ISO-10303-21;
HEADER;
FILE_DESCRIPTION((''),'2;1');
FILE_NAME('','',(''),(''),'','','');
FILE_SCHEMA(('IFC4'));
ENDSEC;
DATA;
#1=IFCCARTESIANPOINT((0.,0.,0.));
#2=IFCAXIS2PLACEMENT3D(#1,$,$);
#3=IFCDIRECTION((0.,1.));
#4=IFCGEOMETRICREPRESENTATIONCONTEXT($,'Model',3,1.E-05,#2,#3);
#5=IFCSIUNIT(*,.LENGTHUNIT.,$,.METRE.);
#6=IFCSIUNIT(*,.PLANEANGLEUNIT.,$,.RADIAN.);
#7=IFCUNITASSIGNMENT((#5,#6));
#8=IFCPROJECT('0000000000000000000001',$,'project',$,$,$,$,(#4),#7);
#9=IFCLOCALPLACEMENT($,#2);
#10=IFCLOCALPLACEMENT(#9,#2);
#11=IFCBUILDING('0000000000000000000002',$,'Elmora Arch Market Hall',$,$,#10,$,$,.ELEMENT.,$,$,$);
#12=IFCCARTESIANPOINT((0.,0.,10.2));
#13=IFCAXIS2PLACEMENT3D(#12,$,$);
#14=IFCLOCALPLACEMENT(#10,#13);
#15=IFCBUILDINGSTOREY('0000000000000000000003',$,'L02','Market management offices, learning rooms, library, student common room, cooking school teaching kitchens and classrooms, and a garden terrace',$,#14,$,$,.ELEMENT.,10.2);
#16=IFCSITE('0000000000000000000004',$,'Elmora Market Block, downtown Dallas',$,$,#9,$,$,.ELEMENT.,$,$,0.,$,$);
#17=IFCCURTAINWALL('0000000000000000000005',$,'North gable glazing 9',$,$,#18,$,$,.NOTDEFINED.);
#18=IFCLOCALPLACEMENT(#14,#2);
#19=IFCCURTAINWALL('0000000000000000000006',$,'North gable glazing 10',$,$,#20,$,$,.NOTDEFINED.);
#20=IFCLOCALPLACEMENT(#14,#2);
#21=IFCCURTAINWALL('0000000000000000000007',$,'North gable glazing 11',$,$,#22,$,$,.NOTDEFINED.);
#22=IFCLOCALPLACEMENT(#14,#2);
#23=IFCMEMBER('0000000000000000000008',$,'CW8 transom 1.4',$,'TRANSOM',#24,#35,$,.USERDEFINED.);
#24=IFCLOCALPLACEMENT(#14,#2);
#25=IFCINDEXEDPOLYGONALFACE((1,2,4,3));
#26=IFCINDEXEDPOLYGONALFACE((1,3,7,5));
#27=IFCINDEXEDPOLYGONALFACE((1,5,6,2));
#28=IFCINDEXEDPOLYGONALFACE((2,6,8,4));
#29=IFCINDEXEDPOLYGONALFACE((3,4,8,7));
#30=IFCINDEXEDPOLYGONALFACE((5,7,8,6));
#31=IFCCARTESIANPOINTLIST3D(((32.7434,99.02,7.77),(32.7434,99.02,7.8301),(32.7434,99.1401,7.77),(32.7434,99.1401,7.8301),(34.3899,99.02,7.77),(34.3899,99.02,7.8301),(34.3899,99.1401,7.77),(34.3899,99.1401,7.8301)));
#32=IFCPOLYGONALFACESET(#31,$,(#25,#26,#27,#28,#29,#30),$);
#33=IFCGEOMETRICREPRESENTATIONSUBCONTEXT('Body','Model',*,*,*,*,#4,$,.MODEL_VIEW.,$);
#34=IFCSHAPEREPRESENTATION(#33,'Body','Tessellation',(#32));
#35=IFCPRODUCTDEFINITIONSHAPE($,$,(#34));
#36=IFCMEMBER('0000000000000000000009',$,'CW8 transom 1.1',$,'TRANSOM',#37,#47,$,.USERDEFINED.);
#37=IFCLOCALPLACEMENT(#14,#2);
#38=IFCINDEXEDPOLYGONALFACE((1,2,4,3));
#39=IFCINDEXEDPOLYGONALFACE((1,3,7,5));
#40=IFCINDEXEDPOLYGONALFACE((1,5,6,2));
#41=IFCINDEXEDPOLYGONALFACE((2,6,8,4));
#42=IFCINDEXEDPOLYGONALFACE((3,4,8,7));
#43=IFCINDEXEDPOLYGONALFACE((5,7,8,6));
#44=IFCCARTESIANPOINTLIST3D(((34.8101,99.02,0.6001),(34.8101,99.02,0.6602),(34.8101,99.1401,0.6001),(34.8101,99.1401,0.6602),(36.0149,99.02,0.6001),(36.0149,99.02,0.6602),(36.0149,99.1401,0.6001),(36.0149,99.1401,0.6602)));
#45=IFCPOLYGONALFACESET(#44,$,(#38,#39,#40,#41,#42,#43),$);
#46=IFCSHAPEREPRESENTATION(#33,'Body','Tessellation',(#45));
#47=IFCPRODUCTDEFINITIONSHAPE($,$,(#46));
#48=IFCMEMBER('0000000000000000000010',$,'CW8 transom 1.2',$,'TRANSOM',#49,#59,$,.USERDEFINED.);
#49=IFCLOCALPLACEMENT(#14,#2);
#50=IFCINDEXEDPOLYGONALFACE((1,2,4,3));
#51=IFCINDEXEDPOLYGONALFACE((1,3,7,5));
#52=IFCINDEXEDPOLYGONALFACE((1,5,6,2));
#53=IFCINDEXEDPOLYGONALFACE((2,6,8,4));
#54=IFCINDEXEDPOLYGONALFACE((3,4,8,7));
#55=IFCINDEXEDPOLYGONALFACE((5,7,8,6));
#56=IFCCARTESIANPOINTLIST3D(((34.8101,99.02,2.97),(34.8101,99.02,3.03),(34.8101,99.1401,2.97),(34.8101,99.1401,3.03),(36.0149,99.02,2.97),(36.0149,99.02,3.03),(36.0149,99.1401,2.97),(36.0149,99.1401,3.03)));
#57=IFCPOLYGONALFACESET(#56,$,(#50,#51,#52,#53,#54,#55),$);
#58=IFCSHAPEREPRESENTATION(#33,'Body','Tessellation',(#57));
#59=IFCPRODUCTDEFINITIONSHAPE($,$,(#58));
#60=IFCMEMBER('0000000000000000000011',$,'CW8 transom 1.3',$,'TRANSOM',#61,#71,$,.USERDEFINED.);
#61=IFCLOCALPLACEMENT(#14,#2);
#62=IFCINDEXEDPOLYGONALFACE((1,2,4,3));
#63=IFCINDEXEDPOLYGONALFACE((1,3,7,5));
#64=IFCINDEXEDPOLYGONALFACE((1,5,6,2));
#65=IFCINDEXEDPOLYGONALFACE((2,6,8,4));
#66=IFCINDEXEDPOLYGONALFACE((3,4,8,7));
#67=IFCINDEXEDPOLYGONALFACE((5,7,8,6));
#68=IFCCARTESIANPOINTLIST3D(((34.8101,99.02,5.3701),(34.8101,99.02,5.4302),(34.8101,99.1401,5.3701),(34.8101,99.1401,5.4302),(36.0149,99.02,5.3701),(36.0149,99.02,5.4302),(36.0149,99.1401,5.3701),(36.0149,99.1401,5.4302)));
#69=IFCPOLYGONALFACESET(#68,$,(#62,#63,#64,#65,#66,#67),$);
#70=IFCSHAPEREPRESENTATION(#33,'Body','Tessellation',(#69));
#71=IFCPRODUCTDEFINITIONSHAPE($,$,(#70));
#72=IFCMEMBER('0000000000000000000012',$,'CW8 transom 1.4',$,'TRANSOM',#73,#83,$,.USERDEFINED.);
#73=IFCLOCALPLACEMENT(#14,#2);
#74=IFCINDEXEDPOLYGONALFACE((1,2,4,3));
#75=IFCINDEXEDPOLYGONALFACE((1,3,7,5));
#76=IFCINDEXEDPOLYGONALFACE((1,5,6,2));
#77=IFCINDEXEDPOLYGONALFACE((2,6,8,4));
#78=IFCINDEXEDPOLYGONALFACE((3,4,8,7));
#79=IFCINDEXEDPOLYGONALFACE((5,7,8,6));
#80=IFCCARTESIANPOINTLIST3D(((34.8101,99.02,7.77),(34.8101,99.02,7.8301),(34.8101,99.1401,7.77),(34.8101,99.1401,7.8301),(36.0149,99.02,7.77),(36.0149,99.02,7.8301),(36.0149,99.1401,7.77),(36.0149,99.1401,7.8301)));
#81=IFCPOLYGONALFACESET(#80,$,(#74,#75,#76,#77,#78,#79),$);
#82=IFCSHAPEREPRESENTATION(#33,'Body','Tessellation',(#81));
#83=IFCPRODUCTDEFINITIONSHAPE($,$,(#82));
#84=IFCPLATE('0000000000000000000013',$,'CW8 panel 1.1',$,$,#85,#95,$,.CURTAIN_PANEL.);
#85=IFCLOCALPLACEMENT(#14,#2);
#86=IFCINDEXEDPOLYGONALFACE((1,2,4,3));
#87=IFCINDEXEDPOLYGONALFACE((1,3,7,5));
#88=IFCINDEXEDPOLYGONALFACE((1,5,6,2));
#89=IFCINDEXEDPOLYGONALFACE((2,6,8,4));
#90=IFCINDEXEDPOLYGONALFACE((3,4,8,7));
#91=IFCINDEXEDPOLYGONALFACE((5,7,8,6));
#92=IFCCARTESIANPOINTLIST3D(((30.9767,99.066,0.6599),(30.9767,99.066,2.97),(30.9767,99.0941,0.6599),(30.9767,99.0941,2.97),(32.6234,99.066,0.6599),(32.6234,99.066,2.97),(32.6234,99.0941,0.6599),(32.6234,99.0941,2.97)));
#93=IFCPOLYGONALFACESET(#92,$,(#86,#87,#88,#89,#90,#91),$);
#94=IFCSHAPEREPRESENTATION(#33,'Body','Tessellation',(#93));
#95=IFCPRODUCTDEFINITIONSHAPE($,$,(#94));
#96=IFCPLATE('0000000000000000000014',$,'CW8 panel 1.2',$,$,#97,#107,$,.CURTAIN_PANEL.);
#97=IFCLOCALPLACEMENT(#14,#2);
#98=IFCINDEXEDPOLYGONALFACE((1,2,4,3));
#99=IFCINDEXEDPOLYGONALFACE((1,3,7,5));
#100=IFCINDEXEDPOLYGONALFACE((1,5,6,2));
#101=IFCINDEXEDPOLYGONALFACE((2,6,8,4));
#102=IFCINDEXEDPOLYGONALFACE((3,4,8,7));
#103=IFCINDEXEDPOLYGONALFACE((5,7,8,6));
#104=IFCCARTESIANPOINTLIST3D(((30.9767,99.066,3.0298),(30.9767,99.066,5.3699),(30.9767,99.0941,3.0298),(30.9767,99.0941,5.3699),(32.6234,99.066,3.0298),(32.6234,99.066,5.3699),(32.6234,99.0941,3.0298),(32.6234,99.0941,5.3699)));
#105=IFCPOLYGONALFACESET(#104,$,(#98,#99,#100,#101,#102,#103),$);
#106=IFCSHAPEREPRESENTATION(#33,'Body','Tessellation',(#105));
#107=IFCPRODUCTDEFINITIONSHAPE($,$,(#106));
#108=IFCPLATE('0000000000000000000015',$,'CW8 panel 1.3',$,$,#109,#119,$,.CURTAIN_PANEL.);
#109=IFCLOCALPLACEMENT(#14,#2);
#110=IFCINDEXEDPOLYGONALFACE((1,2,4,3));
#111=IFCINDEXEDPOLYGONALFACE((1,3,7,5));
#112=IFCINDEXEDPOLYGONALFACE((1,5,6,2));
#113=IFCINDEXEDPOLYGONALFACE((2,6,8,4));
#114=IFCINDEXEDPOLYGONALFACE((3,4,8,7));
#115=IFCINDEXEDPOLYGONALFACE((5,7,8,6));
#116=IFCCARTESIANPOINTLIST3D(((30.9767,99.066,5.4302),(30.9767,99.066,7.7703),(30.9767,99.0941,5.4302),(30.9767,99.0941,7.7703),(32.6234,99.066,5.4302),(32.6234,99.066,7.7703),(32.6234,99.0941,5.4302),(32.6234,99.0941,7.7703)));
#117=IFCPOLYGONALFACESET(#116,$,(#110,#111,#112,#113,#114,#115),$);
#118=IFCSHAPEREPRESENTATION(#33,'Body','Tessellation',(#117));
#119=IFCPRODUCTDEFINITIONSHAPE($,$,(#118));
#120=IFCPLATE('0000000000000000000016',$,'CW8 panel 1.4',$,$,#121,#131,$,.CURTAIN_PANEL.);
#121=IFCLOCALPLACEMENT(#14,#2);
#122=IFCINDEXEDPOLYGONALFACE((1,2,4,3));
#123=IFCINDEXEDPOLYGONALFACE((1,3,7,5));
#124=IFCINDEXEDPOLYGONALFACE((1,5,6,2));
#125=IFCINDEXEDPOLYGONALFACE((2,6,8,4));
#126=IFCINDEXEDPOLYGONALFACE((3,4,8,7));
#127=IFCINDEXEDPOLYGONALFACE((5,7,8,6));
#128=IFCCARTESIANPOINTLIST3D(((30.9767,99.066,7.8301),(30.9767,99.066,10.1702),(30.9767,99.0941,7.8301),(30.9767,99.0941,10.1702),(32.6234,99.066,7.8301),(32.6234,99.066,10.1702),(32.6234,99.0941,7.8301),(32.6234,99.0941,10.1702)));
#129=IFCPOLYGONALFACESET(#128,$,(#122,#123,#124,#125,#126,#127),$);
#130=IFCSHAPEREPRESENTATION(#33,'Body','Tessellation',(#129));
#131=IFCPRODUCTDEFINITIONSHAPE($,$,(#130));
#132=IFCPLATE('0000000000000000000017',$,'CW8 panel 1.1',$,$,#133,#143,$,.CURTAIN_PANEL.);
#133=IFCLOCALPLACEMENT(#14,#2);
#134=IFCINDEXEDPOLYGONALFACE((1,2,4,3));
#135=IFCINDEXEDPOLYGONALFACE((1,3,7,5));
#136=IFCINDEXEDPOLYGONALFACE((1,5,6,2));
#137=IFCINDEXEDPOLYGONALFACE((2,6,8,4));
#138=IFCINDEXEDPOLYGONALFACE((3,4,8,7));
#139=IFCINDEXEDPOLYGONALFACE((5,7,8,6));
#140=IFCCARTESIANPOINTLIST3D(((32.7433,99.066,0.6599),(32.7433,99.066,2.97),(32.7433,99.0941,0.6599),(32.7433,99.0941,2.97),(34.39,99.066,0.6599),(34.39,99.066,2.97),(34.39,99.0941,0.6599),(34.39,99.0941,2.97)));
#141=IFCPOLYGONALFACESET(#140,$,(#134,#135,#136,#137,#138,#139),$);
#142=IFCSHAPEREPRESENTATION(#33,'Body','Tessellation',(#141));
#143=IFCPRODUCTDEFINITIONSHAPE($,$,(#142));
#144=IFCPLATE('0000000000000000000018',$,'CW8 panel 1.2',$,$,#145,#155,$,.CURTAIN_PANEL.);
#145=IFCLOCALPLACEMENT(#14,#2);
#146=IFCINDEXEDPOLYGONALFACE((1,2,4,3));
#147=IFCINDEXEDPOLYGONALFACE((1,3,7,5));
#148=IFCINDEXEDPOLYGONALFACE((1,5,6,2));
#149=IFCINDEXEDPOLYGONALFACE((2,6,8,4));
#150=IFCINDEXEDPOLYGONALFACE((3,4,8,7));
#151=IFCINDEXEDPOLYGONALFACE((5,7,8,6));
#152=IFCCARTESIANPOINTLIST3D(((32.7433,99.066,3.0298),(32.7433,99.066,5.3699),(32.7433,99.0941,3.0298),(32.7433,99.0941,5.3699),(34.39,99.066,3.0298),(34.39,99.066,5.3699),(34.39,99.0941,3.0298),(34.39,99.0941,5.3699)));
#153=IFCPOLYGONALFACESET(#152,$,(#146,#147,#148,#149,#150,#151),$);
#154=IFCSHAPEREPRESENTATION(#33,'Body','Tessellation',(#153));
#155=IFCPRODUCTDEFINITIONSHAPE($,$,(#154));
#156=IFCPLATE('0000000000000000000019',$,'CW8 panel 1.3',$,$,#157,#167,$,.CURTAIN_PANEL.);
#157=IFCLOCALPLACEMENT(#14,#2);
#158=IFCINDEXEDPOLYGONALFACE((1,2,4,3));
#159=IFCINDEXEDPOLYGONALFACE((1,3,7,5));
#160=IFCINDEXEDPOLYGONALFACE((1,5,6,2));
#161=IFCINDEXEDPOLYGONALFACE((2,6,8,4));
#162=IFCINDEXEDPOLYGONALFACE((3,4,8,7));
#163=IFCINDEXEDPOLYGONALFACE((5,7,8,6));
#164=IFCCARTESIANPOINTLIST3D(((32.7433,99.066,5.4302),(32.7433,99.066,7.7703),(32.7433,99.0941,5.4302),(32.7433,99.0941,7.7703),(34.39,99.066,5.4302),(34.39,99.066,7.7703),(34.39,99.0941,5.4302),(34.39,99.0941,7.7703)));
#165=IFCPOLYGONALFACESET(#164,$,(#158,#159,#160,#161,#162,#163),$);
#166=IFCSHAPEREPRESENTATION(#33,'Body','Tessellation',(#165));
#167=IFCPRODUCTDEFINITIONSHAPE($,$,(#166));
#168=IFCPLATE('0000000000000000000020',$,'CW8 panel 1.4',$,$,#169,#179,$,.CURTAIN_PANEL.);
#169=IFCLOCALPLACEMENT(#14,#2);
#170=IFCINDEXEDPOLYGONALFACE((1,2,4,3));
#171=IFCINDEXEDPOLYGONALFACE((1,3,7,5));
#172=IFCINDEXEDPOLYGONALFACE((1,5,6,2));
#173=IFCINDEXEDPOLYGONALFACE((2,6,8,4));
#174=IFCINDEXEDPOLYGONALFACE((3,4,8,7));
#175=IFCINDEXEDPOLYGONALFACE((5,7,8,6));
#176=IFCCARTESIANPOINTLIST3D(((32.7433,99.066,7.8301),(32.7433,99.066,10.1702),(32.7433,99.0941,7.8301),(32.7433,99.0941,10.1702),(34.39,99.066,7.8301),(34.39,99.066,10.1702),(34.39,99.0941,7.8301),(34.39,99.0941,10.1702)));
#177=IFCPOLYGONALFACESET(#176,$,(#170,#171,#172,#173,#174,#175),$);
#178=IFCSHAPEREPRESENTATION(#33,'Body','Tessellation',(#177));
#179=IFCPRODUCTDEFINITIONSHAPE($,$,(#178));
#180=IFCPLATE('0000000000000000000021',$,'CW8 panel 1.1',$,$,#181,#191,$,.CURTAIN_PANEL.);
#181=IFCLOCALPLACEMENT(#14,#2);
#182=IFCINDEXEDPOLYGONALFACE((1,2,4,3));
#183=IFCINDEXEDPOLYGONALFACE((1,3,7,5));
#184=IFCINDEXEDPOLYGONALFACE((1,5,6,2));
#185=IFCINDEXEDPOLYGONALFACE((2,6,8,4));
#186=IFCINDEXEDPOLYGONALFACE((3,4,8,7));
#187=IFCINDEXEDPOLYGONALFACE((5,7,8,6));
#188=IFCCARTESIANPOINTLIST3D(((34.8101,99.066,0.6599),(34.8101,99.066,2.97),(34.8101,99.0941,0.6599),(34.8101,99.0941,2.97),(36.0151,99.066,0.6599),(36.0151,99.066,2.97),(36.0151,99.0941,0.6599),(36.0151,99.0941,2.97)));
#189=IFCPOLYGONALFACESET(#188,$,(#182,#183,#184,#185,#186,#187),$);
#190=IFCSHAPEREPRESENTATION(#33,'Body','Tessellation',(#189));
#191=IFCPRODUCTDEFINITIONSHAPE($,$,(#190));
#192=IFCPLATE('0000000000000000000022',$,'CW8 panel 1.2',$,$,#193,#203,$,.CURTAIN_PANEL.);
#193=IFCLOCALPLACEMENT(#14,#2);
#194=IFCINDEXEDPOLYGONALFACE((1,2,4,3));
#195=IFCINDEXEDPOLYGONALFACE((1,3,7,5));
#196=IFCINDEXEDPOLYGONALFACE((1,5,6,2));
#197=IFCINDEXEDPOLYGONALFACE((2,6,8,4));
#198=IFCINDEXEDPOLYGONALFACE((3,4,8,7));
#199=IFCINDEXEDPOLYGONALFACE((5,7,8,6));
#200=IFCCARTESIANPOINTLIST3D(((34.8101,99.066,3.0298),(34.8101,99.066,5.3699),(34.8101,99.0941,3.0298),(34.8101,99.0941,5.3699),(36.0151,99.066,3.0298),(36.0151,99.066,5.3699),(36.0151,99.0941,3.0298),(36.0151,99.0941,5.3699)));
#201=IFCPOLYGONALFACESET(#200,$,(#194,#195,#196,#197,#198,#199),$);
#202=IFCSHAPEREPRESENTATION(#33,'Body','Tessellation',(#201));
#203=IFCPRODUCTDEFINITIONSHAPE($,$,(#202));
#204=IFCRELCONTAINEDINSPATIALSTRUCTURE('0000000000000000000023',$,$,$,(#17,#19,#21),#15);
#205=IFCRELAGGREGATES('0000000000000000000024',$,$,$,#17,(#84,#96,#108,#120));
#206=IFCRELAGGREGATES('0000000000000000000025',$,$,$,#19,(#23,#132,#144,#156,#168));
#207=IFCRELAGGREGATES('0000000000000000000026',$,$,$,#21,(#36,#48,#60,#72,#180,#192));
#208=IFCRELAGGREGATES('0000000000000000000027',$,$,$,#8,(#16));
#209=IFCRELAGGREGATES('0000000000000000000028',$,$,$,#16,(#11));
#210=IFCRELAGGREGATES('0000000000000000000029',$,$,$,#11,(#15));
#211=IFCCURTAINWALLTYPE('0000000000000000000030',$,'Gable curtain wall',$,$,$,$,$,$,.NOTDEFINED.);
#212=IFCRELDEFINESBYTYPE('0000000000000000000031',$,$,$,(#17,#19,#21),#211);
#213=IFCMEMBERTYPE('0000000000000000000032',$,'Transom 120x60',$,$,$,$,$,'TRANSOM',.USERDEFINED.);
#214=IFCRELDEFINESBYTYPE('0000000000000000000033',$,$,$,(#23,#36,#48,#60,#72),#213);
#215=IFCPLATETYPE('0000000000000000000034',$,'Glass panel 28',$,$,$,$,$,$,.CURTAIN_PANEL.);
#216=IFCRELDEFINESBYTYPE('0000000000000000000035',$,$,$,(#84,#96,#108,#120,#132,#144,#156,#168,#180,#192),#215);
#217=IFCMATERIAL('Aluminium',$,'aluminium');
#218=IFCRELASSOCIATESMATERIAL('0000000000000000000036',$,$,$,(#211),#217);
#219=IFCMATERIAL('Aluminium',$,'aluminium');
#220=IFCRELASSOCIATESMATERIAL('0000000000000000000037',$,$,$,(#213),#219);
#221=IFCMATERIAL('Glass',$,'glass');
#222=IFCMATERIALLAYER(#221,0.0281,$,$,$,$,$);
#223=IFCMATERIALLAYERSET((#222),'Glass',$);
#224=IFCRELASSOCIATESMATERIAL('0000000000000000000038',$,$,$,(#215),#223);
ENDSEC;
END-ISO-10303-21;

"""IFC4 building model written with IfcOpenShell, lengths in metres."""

from ifc_helpers import new_model, si_unit, direction, frame, origin, origin_2d, place, context, subcontext, project, spatial, rectangle, extrude, material, layer, layer_set, material_profile, profile_set, type_object, element, aggregate, save


model = new_model("IFC4")

# Units and contexts
model_context = context("Model", 3, precision=1e-05, world=origin(), true_north=direction((0.0, 1.0)))
body_context = subcontext(model_context, "Body", "Model", "MODEL_VIEW")
ifc_project = project(units=[si_unit("LENGTHUNIT", "METRE"), si_unit("PLANEANGLEUNIT", "RADIAN")], contexts=[model_context])

# Site, building, storey
site_placement = place(None, origin())
site = spatial("IfcSite", under=ifc_project, at=site_placement, Name="Elmora Market Block, downtown Dallas", CompositionType="ELEMENT", RefElevation=0.0)
building_placement = place(site_placement, origin())
building = spatial("IfcBuilding", under=site, at=building_placement, Name="Elmora Arch Market Hall", CompositionType="ELEMENT")
storey_placement = place(building_placement, frame((0.0, 0.0, 10.2)))
storey = spatial("IfcBuildingStorey", under=building, at=storey_placement, Name="L02", Description="Market management offices, learning rooms, library, student common room, cooking school teaching kitchens and classrooms, and a garden terrace", CompositionType="ELEMENT", Elevation=10.2)

# Shared definitions
ifc_material_1 = material(Name="Aluminium", Category="aluminium")
curtain_wall_type = type_object("IfcCurtainWallType", Name="Gable curtain wall", PredefinedType="NOTDEFINED", material=ifc_material_1)

# Curtain walls
curtain_wall_1_placement = place(storey_placement, origin())
curtain_wall_1 = element("IfcCurtainWall", 1, at=curtain_wall_1_placement, inside=storey, type_object=curtain_wall_type, Name="North gable glazing 9", PredefinedType="NOTDEFINED")
curtain_wall_2_placement = place(storey_placement, origin())
curtain_wall_2 = element("IfcCurtainWall", 2, at=curtain_wall_2_placement, inside=storey, type_object=curtain_wall_type, Name="North gable glazing 10", PredefinedType="NOTDEFINED")
curtain_wall_3_placement = place(storey_placement, origin())
curtain_wall_3 = element("IfcCurtainWall", 3, at=curtain_wall_3_placement, inside=storey, type_object=curtain_wall_type, Name="North gable glazing 11", PredefinedType="NOTDEFINED")

# Members
ifc_material_2 = material(Name="Aluminium", Category="aluminium")
ifc_material_profile_1 = material_profile(ifc_material_2, rectangle(XDim=0.1201, YDim=0.0601, at=origin_2d()), Name="AL 120x60")
ifc_profile_set_1 = profile_set([ifc_material_profile_1], Name="Aluminium")
member_type_1 = type_object("IfcMemberType", Name="Transom 120x60", ElementType="TRANSOM", PredefinedType="USERDEFINED", material=ifc_profile_set_1)
member_1_placement = place(storey_placement, frame((32.7434, 99.0801, 7.8), z_axis=(1.0, 0.0, 0.0), x_axis=(0.0, 1.0, 0.0)))
member_1 = element("IfcMember", 4, at=member_1_placement, type_object=member_type_1, Name="CW8 transom 1.4", ObjectType="TRANSOM", PredefinedType="USERDEFINED", context=body_context, shape_type="SweptSolid", body=[
    extrude(rectangle(XDim=0.1201, YDim=0.0601, at=origin_2d()), origin(), (0.0, 0.0, 1.0), 1.6465),
])
member_2_placement = place(storey_placement, frame((34.8101, 99.0801, 0.6301), z_axis=(1.0, 0.0, 0.0), x_axis=(0.0, 1.0, 0.0)))
member_2 = element("IfcMember", 5, at=member_2_placement, type_object=member_type_1, Name="CW8 transom 1.1", ObjectType="TRANSOM", PredefinedType="USERDEFINED", context=body_context, shape_type="SweptSolid", body=[
    extrude(rectangle(XDim=0.1201, YDim=0.0601, at=origin_2d()), origin(), (0.0, 0.0, 1.0), 1.2048),
])
member_3_placement = place(storey_placement, frame((34.8101, 99.0801, 3.0), z_axis=(1.0, 0.0, 0.0), x_axis=(0.0, 1.0, 0.0)))
member_3 = element("IfcMember", 6, at=member_3_placement, type_object=member_type_1, Name="CW8 transom 1.2", ObjectType="TRANSOM", PredefinedType="USERDEFINED", context=body_context, shape_type="SweptSolid", body=[
    extrude(rectangle(XDim=0.1201, YDim=0.0601, at=origin_2d()), origin(), (0.0, 0.0, 1.0), 1.2048),
])
member_4_placement = place(storey_placement, frame((34.8101, 99.0801, 5.4001), z_axis=(1.0, 0.0, 0.0), x_axis=(0.0, 1.0, 0.0)))
member_4 = element("IfcMember", 7, at=member_4_placement, type_object=member_type_1, Name="CW8 transom 1.3", ObjectType="TRANSOM", PredefinedType="USERDEFINED", context=body_context, shape_type="SweptSolid", body=[
    extrude(rectangle(XDim=0.1201, YDim=0.0601, at=origin_2d()), origin(), (0.0, 0.0, 1.0), 1.2048),
])
member_5_placement = place(storey_placement, frame((34.8101, 99.0801, 7.8), z_axis=(1.0, 0.0, 0.0), x_axis=(0.0, 1.0, 0.0)))
member_5 = element("IfcMember", 8, at=member_5_placement, type_object=member_type_1, Name="CW8 transom 1.4", ObjectType="TRANSOM", PredefinedType="USERDEFINED", context=body_context, shape_type="SweptSolid", body=[
    extrude(rectangle(XDim=0.1201, YDim=0.0601, at=origin_2d()), origin(), (0.0, 0.0, 1.0), 1.2048),
])

# Plates
ifc_material_3 = material(Name="Glass", Category="glass")
ifc_layer = layer(ifc_material_3, 0.0281)
ifc_layer_set = layer_set([ifc_layer], Name="Glass")
plate_type = type_object("IfcPlateType", Name="Glass panel 28", PredefinedType="CURTAIN_PANEL", material=ifc_layer_set)
plate_1_placement = place(storey_placement, frame((31.8, 99.0801, 0.6599), z_axis=(0.0, 0.0, 1.0), x_axis=(1.0, 0.0, 0.0)))
plate_1 = element("IfcPlate", 9, at=plate_1_placement, type_object=plate_type, Name="CW8 panel 1.1", PredefinedType="CURTAIN_PANEL", context=body_context, shape_type="SweptSolid", body=[
    extrude(rectangle(XDim=1.6467, YDim=0.0281, at=origin_2d()), origin(), (0.0, 0.0, 1.0), 2.3101),
])
plate_2_placement = place(storey_placement, frame((31.8, 99.0801, 3.0298), z_axis=(0.0, 0.0, 1.0), x_axis=(1.0, 0.0, 0.0)))
plate_2 = element("IfcPlate", 10, at=plate_2_placement, type_object=plate_type, Name="CW8 panel 1.2", PredefinedType="CURTAIN_PANEL", context=body_context, shape_type="SweptSolid", body=[
    extrude(rectangle(XDim=1.6467, YDim=0.0281, at=origin_2d()), origin(), (0.0, 0.0, 1.0), 2.3401),
])
plate_3_placement = place(storey_placement, frame((31.8, 99.0801, 5.4302), z_axis=(0.0, 0.0, 1.0), x_axis=(1.0, 0.0, 0.0)))
plate_3 = element("IfcPlate", 11, at=plate_3_placement, type_object=plate_type, Name="CW8 panel 1.3", PredefinedType="CURTAIN_PANEL", context=body_context, shape_type="SweptSolid", body=[
    extrude(rectangle(XDim=1.6467, YDim=0.0281, at=origin_2d()), origin(), (0.0, 0.0, 1.0), 2.3401),
])
plate_4_placement = place(storey_placement, frame((31.8, 99.0801, 7.8301), z_axis=(0.0, 0.0, 1.0), x_axis=(1.0, 0.0, 0.0)))
plate_4 = element("IfcPlate", 12, at=plate_4_placement, type_object=plate_type, Name="CW8 panel 1.4", PredefinedType="CURTAIN_PANEL", context=body_context, shape_type="SweptSolid", body=[
    extrude(rectangle(XDim=1.6467, YDim=0.0281, at=origin_2d()), origin(), (0.0, 0.0, 1.0), 2.3401),
])
aggregate(curtain_wall_1, [plate_1, plate_2, plate_3, plate_4])
plate_5_placement = place(storey_placement, frame((33.5667, 99.0801, 0.6599), z_axis=(0.0, 0.0, 1.0), x_axis=(1.0, 0.0, 0.0)))
plate_5 = element("IfcPlate", 13, at=plate_5_placement, type_object=plate_type, Name="CW8 panel 1.1", PredefinedType="CURTAIN_PANEL", context=body_context, shape_type="SweptSolid", body=[
    extrude(rectangle(XDim=1.6467, YDim=0.0281, at=origin_2d()), origin(), (0.0, 0.0, 1.0), 2.3101),
])
plate_6_placement = place(storey_placement, frame((33.5667, 99.0801, 3.0298), z_axis=(0.0, 0.0, 1.0), x_axis=(1.0, 0.0, 0.0)))
plate_6 = element("IfcPlate", 14, at=plate_6_placement, type_object=plate_type, Name="CW8 panel 1.2", PredefinedType="CURTAIN_PANEL", context=body_context, shape_type="SweptSolid", body=[
    extrude(rectangle(XDim=1.6467, YDim=0.0281, at=origin_2d()), origin(), (0.0, 0.0, 1.0), 2.3401),
])
plate_7_placement = place(storey_placement, frame((33.5667, 99.0801, 5.4302), z_axis=(0.0, 0.0, 1.0), x_axis=(1.0, 0.0, 0.0)))
plate_7 = element("IfcPlate", 15, at=plate_7_placement, type_object=plate_type, Name="CW8 panel 1.3", PredefinedType="CURTAIN_PANEL", context=body_context, shape_type="SweptSolid", body=[
    extrude(rectangle(XDim=1.6467, YDim=0.0281, at=origin_2d()), origin(), (0.0, 0.0, 1.0), 2.3401),
])
plate_8_placement = place(storey_placement, frame((33.5667, 99.0801, 7.8301), z_axis=(0.0, 0.0, 1.0), x_axis=(1.0, 0.0, 0.0)))
plate_8 = element("IfcPlate", 16, at=plate_8_placement, type_object=plate_type, Name="CW8 panel 1.4", PredefinedType="CURTAIN_PANEL", context=body_context, shape_type="SweptSolid", body=[
    extrude(rectangle(XDim=1.6467, YDim=0.0281, at=origin_2d()), origin(), (0.0, 0.0, 1.0), 2.3401),
])
aggregate(curtain_wall_2, [member_1, plate_5, plate_6, plate_7, plate_8])
plate_9_placement = place(storey_placement, frame((35.4126, 99.0801, 0.6599), z_axis=(0.0, 0.0, 1.0), x_axis=(1.0, 0.0, 0.0)))
plate_9 = element("IfcPlate", 17, at=plate_9_placement, type_object=plate_type, Name="CW8 panel 1.1", PredefinedType="CURTAIN_PANEL", context=body_context, shape_type="SweptSolid", body=[
    extrude(rectangle(XDim=1.2051, YDim=0.0281, at=origin_2d()), origin(), (0.0, 0.0, 1.0), 2.3101),
])
plate_10_placement = place(storey_placement, frame((35.4126, 99.0801, 3.0298), z_axis=(0.0, 0.0, 1.0), x_axis=(1.0, 0.0, 0.0)))
plate_10 = element("IfcPlate", 18, at=plate_10_placement, type_object=plate_type, Name="CW8 panel 1.2", PredefinedType="CURTAIN_PANEL", context=body_context, shape_type="SweptSolid", body=[
    extrude(rectangle(XDim=1.2051, YDim=0.0281, at=origin_2d()), origin(), (0.0, 0.0, 1.0), 2.3401),
])
aggregate(curtain_wall_3, [member_2, member_3, member_4, member_5, plate_9, plate_10])

save(model, "model.ifc")
